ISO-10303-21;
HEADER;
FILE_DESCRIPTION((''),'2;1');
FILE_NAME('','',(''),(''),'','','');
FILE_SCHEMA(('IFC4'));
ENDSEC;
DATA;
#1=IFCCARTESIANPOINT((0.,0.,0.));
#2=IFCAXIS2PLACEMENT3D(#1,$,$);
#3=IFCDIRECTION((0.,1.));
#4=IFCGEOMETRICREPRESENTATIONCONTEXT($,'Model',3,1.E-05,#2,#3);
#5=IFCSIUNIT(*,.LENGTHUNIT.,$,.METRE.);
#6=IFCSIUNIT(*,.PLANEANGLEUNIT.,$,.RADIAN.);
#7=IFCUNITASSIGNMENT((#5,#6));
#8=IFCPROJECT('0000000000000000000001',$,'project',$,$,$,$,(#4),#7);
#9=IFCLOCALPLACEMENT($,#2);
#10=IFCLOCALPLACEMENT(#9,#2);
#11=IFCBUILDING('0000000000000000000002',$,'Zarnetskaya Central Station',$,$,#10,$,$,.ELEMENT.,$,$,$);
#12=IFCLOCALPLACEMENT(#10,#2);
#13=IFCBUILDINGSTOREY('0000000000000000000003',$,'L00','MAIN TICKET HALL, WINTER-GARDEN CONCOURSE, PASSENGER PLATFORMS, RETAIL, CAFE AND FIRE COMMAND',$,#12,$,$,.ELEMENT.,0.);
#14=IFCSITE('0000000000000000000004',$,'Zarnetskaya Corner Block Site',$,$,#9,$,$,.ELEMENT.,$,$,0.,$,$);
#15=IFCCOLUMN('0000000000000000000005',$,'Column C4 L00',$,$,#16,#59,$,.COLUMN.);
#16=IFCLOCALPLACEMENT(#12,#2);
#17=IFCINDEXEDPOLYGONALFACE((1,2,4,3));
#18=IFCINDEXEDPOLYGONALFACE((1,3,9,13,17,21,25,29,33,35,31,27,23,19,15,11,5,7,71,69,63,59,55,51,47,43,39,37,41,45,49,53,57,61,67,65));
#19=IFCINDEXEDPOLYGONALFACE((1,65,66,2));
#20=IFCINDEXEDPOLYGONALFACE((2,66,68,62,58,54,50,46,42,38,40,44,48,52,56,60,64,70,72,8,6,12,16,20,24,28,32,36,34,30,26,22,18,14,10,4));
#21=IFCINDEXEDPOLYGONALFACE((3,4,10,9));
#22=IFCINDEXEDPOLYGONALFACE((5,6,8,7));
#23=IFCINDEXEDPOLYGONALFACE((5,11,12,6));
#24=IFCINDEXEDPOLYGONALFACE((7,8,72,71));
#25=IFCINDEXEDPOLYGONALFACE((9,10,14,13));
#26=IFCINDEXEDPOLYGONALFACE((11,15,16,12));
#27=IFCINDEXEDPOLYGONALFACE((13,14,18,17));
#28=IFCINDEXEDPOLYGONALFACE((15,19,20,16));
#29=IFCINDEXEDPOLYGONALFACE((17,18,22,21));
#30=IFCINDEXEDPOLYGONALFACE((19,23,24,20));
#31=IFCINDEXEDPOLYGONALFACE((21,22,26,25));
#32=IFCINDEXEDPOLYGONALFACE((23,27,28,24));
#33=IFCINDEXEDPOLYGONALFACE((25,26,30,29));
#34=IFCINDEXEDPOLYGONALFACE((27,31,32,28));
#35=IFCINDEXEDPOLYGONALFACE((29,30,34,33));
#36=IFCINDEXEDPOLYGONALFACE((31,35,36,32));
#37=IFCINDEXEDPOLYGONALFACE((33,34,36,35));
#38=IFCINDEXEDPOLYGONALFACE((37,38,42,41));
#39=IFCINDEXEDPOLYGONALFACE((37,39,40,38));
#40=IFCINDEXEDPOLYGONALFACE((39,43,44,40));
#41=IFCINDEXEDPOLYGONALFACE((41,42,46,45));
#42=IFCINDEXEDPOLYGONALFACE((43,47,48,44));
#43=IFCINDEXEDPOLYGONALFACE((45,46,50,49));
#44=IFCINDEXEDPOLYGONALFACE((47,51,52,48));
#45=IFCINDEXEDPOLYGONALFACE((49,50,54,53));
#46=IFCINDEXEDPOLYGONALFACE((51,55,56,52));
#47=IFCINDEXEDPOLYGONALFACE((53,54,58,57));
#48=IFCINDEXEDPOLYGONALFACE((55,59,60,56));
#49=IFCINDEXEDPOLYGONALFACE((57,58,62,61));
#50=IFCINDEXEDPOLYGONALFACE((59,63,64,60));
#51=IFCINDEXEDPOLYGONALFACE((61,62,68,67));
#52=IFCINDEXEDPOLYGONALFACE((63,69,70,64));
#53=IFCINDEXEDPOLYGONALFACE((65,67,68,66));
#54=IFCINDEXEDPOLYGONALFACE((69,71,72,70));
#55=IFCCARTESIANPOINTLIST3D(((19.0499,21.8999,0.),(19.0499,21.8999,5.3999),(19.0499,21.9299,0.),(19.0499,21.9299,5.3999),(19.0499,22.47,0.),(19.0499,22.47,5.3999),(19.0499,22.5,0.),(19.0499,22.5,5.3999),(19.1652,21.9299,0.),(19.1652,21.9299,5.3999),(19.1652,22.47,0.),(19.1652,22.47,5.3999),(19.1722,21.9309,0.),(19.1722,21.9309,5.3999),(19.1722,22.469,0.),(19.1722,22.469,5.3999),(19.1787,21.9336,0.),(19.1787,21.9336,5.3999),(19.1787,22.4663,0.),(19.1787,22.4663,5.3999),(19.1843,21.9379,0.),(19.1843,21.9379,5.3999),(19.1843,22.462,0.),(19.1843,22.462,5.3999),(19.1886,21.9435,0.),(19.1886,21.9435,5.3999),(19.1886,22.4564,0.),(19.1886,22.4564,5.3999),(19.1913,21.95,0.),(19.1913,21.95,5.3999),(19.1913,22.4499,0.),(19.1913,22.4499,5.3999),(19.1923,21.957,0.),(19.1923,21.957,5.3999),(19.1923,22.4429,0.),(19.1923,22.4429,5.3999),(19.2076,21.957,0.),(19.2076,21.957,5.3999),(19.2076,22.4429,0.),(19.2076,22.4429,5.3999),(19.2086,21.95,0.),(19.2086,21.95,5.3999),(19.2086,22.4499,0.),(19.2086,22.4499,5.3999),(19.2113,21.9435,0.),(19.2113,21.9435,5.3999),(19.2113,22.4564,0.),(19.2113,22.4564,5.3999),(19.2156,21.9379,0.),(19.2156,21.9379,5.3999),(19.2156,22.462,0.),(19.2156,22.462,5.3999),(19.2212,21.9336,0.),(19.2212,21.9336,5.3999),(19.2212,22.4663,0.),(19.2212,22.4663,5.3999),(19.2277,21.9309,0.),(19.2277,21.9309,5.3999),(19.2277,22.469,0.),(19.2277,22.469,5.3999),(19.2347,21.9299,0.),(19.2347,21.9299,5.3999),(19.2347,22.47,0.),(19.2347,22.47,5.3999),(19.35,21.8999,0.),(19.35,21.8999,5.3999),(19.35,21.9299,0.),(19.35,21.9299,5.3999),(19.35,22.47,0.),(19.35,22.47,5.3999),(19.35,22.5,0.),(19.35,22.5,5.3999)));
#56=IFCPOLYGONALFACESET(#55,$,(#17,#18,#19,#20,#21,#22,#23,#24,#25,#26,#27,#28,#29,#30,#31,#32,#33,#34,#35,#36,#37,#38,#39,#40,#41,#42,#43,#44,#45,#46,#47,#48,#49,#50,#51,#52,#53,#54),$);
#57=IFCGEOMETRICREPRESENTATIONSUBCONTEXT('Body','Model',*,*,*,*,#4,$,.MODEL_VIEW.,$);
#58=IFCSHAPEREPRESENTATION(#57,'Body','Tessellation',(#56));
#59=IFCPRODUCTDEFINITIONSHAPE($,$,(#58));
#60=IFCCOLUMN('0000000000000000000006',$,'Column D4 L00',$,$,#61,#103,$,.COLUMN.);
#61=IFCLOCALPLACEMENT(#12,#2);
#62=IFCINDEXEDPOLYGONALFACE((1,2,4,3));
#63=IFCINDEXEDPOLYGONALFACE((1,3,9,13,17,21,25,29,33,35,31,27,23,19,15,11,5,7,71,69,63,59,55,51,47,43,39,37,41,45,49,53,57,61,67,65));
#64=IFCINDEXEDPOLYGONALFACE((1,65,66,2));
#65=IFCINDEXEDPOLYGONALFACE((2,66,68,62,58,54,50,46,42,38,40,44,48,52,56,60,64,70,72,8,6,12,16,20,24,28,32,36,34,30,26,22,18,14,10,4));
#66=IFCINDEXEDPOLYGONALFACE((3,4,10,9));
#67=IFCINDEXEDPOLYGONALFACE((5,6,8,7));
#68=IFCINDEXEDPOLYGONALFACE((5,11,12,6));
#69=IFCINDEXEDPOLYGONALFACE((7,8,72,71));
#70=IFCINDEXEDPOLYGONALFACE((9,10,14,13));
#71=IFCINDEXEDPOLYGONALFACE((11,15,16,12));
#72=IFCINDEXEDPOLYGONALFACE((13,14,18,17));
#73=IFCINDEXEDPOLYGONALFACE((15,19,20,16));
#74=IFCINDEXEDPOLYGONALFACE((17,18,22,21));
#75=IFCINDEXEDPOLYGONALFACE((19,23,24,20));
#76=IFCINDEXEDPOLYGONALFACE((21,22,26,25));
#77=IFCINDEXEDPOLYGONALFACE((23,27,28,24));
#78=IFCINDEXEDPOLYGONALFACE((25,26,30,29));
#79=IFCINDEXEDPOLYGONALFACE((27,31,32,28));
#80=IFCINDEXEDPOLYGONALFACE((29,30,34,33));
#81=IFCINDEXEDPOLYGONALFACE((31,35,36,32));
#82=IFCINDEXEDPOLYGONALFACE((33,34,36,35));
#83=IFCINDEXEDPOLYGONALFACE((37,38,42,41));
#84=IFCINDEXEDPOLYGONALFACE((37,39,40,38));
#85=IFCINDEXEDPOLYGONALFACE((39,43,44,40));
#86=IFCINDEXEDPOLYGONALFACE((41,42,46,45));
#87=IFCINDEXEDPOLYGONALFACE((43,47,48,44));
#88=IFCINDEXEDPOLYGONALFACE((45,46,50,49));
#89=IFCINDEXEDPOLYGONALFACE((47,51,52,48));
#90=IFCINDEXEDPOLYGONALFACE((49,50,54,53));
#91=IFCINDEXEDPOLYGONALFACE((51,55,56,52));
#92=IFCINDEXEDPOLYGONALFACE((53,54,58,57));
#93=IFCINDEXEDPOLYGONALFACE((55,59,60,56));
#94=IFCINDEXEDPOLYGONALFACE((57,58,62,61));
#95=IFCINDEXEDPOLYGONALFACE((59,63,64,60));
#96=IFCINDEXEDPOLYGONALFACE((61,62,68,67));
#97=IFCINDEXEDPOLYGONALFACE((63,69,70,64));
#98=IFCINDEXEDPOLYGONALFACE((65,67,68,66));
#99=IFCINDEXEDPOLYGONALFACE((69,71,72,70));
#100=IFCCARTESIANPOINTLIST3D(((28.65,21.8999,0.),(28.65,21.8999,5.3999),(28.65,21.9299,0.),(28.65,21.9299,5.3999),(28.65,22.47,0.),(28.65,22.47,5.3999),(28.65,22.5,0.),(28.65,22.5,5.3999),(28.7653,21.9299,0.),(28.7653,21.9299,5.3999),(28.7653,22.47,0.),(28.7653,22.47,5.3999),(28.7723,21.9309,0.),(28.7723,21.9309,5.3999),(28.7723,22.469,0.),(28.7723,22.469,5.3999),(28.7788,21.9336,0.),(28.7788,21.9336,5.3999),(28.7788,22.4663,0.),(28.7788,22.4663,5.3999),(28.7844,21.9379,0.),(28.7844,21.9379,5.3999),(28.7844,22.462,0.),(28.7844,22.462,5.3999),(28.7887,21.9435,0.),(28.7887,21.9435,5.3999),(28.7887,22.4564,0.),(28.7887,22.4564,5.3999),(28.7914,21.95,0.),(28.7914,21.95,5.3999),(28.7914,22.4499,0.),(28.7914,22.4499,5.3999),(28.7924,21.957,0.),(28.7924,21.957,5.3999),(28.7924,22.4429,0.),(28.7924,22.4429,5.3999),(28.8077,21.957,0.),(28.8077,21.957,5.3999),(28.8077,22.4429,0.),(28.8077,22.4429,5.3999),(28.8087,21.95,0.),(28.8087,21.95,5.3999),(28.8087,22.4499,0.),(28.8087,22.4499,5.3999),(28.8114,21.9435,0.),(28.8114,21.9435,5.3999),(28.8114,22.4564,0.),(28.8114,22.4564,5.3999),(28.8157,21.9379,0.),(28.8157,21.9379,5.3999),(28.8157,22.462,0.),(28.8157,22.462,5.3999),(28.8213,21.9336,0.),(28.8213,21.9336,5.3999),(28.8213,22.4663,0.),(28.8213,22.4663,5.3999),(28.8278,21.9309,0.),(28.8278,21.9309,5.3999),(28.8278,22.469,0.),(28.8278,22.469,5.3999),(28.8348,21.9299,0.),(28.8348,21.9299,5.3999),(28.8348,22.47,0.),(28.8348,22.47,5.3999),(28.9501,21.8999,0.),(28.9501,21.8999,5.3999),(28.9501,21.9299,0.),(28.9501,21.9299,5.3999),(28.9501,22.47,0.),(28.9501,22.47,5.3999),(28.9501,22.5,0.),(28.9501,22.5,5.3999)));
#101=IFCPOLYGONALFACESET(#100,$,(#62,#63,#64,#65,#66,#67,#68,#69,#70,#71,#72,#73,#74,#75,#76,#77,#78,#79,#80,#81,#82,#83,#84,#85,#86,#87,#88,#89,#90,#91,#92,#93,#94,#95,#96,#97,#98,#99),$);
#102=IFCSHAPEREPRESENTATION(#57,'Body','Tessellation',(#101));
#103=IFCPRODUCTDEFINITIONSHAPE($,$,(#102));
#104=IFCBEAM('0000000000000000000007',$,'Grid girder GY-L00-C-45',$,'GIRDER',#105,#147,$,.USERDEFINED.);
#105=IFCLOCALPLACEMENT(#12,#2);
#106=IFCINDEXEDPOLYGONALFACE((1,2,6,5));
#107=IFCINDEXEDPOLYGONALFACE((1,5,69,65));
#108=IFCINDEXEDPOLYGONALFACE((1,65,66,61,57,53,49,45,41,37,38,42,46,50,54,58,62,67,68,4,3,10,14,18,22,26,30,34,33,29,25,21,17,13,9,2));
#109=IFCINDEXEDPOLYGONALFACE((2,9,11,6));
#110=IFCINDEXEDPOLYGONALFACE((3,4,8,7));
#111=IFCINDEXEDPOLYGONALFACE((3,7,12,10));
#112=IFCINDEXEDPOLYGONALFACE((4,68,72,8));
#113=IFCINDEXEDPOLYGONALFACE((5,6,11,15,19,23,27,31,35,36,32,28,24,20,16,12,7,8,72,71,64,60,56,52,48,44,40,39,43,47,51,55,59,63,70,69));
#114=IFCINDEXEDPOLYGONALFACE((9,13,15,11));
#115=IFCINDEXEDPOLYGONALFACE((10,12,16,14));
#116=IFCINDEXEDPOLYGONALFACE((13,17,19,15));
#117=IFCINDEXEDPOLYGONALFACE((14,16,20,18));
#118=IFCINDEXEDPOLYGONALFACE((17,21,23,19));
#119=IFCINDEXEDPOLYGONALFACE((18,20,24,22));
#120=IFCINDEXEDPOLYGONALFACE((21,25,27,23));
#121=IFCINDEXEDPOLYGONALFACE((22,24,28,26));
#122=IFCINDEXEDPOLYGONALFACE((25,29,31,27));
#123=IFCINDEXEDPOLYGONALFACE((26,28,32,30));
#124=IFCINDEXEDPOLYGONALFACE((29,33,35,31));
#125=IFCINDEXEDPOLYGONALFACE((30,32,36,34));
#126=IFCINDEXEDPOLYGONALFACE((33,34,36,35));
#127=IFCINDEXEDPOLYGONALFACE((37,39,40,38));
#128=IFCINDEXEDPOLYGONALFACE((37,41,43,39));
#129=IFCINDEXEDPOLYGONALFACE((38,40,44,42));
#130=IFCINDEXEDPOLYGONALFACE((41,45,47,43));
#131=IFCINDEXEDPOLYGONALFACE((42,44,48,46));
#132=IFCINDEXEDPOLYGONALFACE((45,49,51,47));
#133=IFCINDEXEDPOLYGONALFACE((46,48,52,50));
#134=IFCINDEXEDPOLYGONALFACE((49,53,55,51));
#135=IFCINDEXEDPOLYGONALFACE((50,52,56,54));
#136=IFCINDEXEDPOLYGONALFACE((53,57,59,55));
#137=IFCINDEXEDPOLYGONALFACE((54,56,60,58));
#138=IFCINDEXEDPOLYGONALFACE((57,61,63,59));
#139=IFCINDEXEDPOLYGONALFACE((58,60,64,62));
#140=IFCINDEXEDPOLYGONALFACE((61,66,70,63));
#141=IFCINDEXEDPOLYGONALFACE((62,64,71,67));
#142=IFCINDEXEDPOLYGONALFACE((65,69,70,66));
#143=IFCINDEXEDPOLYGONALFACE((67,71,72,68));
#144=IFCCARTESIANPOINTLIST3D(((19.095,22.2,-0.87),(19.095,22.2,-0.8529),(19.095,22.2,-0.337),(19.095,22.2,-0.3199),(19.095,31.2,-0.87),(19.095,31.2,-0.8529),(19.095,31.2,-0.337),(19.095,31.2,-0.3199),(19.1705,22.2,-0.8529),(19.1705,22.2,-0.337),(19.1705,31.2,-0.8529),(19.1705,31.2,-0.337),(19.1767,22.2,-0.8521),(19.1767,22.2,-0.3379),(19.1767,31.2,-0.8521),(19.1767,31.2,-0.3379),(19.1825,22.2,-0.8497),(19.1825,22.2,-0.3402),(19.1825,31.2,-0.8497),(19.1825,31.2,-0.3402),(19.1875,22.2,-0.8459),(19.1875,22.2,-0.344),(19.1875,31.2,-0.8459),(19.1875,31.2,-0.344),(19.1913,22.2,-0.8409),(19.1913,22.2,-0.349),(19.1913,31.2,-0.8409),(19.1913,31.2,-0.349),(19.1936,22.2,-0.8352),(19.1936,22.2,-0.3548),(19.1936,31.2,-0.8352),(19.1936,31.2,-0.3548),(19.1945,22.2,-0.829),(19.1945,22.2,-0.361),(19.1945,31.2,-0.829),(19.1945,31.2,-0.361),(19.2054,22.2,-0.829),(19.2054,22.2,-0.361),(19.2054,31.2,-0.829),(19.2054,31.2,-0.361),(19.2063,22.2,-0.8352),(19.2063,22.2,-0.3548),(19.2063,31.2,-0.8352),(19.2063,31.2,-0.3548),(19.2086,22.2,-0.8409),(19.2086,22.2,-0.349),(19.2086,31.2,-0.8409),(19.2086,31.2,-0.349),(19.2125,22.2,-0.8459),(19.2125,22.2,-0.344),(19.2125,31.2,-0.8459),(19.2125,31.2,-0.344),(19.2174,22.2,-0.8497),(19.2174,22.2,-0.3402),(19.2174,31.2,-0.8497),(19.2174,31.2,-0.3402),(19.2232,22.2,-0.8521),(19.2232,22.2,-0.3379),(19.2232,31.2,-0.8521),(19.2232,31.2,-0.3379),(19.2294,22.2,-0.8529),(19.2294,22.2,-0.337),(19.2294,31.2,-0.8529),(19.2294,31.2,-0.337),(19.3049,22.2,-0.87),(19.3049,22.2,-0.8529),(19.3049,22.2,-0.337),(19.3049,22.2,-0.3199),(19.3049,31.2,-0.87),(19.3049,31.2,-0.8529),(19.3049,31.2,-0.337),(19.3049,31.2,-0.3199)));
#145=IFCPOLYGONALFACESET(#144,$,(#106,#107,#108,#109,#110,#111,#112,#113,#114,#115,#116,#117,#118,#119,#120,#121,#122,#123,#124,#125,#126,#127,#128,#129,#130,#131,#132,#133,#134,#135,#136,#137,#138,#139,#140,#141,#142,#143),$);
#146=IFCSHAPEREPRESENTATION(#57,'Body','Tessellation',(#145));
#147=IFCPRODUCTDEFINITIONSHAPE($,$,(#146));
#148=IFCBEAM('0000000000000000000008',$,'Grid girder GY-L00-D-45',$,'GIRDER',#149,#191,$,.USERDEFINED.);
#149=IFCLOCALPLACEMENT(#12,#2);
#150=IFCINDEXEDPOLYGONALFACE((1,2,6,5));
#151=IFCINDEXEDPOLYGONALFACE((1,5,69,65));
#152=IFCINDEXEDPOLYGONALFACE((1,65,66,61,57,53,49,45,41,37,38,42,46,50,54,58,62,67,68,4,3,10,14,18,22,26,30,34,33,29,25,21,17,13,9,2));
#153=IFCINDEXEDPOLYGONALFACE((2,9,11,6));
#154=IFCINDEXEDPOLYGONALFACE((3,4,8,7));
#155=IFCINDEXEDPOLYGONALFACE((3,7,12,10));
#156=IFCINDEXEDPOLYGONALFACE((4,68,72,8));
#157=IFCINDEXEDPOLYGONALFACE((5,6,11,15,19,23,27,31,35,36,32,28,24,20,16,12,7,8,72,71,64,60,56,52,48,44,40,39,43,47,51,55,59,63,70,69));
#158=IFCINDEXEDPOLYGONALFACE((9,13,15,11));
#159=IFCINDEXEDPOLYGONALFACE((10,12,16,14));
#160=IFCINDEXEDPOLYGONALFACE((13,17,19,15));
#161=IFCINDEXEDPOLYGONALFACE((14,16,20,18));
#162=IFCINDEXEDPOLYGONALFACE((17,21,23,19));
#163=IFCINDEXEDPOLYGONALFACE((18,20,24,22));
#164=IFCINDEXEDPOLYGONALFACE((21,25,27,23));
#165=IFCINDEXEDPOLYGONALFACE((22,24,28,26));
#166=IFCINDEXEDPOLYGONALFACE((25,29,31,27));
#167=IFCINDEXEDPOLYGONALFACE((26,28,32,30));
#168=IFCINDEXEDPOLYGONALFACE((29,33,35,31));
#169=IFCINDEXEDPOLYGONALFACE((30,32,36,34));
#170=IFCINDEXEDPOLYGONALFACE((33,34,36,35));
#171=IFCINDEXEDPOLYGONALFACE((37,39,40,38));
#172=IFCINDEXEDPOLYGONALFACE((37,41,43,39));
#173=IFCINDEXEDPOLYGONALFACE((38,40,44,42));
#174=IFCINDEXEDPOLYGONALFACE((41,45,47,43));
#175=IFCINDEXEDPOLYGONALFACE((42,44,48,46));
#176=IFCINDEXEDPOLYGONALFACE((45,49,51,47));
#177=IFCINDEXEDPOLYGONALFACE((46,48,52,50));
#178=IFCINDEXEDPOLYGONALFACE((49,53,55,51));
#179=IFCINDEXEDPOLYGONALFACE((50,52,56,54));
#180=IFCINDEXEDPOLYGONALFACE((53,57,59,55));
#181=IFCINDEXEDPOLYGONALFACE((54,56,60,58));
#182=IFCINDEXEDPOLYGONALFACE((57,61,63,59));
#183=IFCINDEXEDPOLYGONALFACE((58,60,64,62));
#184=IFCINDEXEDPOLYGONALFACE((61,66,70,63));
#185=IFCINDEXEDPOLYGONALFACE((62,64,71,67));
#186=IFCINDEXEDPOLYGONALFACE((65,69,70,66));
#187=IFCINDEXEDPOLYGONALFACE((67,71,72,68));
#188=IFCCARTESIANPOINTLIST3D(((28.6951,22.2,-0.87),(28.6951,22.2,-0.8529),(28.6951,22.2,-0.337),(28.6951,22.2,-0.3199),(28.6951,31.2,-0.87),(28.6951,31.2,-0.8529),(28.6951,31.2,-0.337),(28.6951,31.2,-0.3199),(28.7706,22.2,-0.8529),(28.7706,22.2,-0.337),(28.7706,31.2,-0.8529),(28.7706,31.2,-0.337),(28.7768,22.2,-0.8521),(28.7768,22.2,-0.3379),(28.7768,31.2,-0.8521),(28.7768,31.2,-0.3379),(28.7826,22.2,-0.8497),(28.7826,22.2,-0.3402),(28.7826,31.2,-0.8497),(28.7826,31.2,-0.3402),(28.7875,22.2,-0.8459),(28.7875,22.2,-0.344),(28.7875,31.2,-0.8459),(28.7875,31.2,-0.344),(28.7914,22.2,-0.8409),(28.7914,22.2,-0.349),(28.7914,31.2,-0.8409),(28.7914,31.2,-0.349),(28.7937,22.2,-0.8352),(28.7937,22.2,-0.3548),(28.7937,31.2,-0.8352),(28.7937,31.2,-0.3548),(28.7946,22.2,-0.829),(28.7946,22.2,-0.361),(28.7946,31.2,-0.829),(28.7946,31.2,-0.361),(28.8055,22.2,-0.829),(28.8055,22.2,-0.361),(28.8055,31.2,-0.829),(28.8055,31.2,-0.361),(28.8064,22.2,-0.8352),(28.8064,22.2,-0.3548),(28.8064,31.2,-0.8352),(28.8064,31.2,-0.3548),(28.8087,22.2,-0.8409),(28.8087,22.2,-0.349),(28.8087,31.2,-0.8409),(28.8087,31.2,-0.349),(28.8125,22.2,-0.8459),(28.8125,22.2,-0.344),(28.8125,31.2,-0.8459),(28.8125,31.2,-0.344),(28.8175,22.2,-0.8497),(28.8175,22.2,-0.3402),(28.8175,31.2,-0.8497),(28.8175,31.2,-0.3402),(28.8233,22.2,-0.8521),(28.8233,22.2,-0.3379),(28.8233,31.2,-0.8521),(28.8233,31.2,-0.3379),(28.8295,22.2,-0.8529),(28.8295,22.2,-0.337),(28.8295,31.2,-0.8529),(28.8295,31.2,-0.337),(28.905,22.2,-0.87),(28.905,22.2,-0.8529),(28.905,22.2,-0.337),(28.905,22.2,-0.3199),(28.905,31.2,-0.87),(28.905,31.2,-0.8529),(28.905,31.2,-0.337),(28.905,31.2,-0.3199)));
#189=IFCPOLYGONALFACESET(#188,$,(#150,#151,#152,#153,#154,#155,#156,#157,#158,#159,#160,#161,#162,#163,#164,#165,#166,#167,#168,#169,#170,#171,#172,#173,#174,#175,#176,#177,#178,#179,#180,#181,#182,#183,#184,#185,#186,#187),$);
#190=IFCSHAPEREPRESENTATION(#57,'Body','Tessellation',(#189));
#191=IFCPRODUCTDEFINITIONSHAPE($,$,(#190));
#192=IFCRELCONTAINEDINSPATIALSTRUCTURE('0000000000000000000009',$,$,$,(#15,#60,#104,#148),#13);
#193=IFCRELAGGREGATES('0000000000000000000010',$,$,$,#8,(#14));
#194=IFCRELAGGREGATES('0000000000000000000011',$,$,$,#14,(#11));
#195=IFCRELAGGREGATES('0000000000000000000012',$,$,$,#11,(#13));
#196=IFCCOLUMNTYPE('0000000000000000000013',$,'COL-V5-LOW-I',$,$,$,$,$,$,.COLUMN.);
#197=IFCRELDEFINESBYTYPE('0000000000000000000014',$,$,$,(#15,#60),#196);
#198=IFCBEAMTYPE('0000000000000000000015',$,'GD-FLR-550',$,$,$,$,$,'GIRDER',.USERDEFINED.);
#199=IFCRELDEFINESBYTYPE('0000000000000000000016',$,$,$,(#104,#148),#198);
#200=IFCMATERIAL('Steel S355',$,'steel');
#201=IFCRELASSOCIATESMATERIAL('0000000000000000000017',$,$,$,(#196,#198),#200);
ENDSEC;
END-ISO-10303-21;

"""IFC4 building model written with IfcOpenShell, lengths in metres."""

from ifc_helpers import new_model, si_unit, direction, frame, origin, origin_2d, place, context, subcontext, project, spatial, i_section, extrude, material, material_profile, profile_set, type_object, element, save


model = new_model("IFC4")

# Units and contexts
model_context = context("Model", 3, precision=1e-05, world=origin(), true_north=direction((0.0, 1.0)))
body_context = subcontext(model_context, "Body", "Model", "MODEL_VIEW")
ifc_project = project(units=[si_unit("LENGTHUNIT", "METRE"), si_unit("PLANEANGLEUNIT", "RADIAN")], contexts=[model_context])

# Site, building, storey
site_placement = place(None, origin())
site = spatial("IfcSite", under=ifc_project, at=site_placement, Name="Zarnetskaya Corner Block Site", CompositionType="ELEMENT", RefElevation=0.0)
building_placement = place(site_placement, origin())
building = spatial("IfcBuilding", under=site, at=building_placement, Name="Zarnetskaya Central Station", CompositionType="ELEMENT")
storey_placement = place(building_placement, origin())
storey = spatial("IfcBuildingStorey", under=building, at=storey_placement, Name="L00", Description="MAIN TICKET HALL, WINTER-GARDEN CONCOURSE, PASSENGER PLATFORMS, RETAIL, CAFE AND FIRE COMMAND", CompositionType="ELEMENT", Elevation=0.0)

# Columns
ifc_material_1 = material(Name="Steel S355", Category="steel")
ifc_material_profile_1 = material_profile(ifc_material_1, i_section(OverallWidth=0.3, OverallDepth=0.6001, WebThickness=0.0154, FlangeThickness=0.03, FilletRadius=0.0271, at=origin_2d()), Name="HEB 600")
ifc_profile_set_1 = profile_set([ifc_material_profile_1], Name="Steel S355")
column_type = type_object("IfcColumnType", Name="COL-V5-LOW-I", PredefinedType="COLUMN", material=ifc_profile_set_1)
for number, where, z_axis, x_axis, name in (
    (1, (19.2, 22.2, 0.0), (0.0, 0.0, 1.0), (1.0, 0.0, 0.0), "Column C4 L00"),
    (2, (28.8, 22.2, 0.0), (0.0, 0.0, 1.0), (1.0, 0.0, 0.0), "Column D4 L00"),
):
    element("IfcColumn", number, at=place(storey_placement, frame(where, z_axis=z_axis, x_axis=x_axis)), inside=storey, type_object=column_type, Name=name, PredefinedType="COLUMN", context=body_context, shape_type="SweptSolid", body=[
        extrude(i_section(OverallWidth=0.3, OverallDepth=0.6001, WebThickness=0.0154, FlangeThickness=0.03, FilletRadius=0.0271, at=origin_2d()), origin(), (0.0, 0.0, 1.0), 5.3999),
    ])

# Beams
ifc_material_profile_2 = material_profile(ifc_material_1, i_section(OverallWidth=0.21, OverallDepth=0.55, WebThickness=0.011, FlangeThickness=0.0171, FilletRadius=0.0239, at=origin_2d()), Name="IPE 550")
ifc_profile_set_2 = profile_set([ifc_material_profile_2], Name="Steel S355")
beam_type_1 = type_object("IfcBeamType", Name="GD-FLR-550", ElementType="GIRDER", PredefinedType="USERDEFINED", material=ifc_profile_set_2)
for number, where, z_axis, x_axis, name in (
    (3, (19.2, 22.2, -0.595), (0.0, 1.0, 0.0), (-1.0, 0.0, 0.0), "Grid girder GY-L00-C-45"),
    (4, (28.8, 22.2, -0.595), (0.0, 1.0, 0.0), (-1.0, 0.0, 0.0), "Grid girder GY-L00-D-45"),
):
    element("IfcBeam", number, at=place(storey_placement, frame(where, z_axis=z_axis, x_axis=x_axis)), inside=storey, type_object=beam_type_1, Name=name, ObjectType="GIRDER", PredefinedType="USERDEFINED", context=body_context, shape_type="SweptSolid", body=[
        extrude(i_section(OverallWidth=0.21, OverallDepth=0.55, WebThickness=0.011, FlangeThickness=0.0171, FilletRadius=0.0239, at=origin_2d()), origin(), (0.0, 0.0, 1.0), 9.0),
    ])

save(model, "model.ifc")
